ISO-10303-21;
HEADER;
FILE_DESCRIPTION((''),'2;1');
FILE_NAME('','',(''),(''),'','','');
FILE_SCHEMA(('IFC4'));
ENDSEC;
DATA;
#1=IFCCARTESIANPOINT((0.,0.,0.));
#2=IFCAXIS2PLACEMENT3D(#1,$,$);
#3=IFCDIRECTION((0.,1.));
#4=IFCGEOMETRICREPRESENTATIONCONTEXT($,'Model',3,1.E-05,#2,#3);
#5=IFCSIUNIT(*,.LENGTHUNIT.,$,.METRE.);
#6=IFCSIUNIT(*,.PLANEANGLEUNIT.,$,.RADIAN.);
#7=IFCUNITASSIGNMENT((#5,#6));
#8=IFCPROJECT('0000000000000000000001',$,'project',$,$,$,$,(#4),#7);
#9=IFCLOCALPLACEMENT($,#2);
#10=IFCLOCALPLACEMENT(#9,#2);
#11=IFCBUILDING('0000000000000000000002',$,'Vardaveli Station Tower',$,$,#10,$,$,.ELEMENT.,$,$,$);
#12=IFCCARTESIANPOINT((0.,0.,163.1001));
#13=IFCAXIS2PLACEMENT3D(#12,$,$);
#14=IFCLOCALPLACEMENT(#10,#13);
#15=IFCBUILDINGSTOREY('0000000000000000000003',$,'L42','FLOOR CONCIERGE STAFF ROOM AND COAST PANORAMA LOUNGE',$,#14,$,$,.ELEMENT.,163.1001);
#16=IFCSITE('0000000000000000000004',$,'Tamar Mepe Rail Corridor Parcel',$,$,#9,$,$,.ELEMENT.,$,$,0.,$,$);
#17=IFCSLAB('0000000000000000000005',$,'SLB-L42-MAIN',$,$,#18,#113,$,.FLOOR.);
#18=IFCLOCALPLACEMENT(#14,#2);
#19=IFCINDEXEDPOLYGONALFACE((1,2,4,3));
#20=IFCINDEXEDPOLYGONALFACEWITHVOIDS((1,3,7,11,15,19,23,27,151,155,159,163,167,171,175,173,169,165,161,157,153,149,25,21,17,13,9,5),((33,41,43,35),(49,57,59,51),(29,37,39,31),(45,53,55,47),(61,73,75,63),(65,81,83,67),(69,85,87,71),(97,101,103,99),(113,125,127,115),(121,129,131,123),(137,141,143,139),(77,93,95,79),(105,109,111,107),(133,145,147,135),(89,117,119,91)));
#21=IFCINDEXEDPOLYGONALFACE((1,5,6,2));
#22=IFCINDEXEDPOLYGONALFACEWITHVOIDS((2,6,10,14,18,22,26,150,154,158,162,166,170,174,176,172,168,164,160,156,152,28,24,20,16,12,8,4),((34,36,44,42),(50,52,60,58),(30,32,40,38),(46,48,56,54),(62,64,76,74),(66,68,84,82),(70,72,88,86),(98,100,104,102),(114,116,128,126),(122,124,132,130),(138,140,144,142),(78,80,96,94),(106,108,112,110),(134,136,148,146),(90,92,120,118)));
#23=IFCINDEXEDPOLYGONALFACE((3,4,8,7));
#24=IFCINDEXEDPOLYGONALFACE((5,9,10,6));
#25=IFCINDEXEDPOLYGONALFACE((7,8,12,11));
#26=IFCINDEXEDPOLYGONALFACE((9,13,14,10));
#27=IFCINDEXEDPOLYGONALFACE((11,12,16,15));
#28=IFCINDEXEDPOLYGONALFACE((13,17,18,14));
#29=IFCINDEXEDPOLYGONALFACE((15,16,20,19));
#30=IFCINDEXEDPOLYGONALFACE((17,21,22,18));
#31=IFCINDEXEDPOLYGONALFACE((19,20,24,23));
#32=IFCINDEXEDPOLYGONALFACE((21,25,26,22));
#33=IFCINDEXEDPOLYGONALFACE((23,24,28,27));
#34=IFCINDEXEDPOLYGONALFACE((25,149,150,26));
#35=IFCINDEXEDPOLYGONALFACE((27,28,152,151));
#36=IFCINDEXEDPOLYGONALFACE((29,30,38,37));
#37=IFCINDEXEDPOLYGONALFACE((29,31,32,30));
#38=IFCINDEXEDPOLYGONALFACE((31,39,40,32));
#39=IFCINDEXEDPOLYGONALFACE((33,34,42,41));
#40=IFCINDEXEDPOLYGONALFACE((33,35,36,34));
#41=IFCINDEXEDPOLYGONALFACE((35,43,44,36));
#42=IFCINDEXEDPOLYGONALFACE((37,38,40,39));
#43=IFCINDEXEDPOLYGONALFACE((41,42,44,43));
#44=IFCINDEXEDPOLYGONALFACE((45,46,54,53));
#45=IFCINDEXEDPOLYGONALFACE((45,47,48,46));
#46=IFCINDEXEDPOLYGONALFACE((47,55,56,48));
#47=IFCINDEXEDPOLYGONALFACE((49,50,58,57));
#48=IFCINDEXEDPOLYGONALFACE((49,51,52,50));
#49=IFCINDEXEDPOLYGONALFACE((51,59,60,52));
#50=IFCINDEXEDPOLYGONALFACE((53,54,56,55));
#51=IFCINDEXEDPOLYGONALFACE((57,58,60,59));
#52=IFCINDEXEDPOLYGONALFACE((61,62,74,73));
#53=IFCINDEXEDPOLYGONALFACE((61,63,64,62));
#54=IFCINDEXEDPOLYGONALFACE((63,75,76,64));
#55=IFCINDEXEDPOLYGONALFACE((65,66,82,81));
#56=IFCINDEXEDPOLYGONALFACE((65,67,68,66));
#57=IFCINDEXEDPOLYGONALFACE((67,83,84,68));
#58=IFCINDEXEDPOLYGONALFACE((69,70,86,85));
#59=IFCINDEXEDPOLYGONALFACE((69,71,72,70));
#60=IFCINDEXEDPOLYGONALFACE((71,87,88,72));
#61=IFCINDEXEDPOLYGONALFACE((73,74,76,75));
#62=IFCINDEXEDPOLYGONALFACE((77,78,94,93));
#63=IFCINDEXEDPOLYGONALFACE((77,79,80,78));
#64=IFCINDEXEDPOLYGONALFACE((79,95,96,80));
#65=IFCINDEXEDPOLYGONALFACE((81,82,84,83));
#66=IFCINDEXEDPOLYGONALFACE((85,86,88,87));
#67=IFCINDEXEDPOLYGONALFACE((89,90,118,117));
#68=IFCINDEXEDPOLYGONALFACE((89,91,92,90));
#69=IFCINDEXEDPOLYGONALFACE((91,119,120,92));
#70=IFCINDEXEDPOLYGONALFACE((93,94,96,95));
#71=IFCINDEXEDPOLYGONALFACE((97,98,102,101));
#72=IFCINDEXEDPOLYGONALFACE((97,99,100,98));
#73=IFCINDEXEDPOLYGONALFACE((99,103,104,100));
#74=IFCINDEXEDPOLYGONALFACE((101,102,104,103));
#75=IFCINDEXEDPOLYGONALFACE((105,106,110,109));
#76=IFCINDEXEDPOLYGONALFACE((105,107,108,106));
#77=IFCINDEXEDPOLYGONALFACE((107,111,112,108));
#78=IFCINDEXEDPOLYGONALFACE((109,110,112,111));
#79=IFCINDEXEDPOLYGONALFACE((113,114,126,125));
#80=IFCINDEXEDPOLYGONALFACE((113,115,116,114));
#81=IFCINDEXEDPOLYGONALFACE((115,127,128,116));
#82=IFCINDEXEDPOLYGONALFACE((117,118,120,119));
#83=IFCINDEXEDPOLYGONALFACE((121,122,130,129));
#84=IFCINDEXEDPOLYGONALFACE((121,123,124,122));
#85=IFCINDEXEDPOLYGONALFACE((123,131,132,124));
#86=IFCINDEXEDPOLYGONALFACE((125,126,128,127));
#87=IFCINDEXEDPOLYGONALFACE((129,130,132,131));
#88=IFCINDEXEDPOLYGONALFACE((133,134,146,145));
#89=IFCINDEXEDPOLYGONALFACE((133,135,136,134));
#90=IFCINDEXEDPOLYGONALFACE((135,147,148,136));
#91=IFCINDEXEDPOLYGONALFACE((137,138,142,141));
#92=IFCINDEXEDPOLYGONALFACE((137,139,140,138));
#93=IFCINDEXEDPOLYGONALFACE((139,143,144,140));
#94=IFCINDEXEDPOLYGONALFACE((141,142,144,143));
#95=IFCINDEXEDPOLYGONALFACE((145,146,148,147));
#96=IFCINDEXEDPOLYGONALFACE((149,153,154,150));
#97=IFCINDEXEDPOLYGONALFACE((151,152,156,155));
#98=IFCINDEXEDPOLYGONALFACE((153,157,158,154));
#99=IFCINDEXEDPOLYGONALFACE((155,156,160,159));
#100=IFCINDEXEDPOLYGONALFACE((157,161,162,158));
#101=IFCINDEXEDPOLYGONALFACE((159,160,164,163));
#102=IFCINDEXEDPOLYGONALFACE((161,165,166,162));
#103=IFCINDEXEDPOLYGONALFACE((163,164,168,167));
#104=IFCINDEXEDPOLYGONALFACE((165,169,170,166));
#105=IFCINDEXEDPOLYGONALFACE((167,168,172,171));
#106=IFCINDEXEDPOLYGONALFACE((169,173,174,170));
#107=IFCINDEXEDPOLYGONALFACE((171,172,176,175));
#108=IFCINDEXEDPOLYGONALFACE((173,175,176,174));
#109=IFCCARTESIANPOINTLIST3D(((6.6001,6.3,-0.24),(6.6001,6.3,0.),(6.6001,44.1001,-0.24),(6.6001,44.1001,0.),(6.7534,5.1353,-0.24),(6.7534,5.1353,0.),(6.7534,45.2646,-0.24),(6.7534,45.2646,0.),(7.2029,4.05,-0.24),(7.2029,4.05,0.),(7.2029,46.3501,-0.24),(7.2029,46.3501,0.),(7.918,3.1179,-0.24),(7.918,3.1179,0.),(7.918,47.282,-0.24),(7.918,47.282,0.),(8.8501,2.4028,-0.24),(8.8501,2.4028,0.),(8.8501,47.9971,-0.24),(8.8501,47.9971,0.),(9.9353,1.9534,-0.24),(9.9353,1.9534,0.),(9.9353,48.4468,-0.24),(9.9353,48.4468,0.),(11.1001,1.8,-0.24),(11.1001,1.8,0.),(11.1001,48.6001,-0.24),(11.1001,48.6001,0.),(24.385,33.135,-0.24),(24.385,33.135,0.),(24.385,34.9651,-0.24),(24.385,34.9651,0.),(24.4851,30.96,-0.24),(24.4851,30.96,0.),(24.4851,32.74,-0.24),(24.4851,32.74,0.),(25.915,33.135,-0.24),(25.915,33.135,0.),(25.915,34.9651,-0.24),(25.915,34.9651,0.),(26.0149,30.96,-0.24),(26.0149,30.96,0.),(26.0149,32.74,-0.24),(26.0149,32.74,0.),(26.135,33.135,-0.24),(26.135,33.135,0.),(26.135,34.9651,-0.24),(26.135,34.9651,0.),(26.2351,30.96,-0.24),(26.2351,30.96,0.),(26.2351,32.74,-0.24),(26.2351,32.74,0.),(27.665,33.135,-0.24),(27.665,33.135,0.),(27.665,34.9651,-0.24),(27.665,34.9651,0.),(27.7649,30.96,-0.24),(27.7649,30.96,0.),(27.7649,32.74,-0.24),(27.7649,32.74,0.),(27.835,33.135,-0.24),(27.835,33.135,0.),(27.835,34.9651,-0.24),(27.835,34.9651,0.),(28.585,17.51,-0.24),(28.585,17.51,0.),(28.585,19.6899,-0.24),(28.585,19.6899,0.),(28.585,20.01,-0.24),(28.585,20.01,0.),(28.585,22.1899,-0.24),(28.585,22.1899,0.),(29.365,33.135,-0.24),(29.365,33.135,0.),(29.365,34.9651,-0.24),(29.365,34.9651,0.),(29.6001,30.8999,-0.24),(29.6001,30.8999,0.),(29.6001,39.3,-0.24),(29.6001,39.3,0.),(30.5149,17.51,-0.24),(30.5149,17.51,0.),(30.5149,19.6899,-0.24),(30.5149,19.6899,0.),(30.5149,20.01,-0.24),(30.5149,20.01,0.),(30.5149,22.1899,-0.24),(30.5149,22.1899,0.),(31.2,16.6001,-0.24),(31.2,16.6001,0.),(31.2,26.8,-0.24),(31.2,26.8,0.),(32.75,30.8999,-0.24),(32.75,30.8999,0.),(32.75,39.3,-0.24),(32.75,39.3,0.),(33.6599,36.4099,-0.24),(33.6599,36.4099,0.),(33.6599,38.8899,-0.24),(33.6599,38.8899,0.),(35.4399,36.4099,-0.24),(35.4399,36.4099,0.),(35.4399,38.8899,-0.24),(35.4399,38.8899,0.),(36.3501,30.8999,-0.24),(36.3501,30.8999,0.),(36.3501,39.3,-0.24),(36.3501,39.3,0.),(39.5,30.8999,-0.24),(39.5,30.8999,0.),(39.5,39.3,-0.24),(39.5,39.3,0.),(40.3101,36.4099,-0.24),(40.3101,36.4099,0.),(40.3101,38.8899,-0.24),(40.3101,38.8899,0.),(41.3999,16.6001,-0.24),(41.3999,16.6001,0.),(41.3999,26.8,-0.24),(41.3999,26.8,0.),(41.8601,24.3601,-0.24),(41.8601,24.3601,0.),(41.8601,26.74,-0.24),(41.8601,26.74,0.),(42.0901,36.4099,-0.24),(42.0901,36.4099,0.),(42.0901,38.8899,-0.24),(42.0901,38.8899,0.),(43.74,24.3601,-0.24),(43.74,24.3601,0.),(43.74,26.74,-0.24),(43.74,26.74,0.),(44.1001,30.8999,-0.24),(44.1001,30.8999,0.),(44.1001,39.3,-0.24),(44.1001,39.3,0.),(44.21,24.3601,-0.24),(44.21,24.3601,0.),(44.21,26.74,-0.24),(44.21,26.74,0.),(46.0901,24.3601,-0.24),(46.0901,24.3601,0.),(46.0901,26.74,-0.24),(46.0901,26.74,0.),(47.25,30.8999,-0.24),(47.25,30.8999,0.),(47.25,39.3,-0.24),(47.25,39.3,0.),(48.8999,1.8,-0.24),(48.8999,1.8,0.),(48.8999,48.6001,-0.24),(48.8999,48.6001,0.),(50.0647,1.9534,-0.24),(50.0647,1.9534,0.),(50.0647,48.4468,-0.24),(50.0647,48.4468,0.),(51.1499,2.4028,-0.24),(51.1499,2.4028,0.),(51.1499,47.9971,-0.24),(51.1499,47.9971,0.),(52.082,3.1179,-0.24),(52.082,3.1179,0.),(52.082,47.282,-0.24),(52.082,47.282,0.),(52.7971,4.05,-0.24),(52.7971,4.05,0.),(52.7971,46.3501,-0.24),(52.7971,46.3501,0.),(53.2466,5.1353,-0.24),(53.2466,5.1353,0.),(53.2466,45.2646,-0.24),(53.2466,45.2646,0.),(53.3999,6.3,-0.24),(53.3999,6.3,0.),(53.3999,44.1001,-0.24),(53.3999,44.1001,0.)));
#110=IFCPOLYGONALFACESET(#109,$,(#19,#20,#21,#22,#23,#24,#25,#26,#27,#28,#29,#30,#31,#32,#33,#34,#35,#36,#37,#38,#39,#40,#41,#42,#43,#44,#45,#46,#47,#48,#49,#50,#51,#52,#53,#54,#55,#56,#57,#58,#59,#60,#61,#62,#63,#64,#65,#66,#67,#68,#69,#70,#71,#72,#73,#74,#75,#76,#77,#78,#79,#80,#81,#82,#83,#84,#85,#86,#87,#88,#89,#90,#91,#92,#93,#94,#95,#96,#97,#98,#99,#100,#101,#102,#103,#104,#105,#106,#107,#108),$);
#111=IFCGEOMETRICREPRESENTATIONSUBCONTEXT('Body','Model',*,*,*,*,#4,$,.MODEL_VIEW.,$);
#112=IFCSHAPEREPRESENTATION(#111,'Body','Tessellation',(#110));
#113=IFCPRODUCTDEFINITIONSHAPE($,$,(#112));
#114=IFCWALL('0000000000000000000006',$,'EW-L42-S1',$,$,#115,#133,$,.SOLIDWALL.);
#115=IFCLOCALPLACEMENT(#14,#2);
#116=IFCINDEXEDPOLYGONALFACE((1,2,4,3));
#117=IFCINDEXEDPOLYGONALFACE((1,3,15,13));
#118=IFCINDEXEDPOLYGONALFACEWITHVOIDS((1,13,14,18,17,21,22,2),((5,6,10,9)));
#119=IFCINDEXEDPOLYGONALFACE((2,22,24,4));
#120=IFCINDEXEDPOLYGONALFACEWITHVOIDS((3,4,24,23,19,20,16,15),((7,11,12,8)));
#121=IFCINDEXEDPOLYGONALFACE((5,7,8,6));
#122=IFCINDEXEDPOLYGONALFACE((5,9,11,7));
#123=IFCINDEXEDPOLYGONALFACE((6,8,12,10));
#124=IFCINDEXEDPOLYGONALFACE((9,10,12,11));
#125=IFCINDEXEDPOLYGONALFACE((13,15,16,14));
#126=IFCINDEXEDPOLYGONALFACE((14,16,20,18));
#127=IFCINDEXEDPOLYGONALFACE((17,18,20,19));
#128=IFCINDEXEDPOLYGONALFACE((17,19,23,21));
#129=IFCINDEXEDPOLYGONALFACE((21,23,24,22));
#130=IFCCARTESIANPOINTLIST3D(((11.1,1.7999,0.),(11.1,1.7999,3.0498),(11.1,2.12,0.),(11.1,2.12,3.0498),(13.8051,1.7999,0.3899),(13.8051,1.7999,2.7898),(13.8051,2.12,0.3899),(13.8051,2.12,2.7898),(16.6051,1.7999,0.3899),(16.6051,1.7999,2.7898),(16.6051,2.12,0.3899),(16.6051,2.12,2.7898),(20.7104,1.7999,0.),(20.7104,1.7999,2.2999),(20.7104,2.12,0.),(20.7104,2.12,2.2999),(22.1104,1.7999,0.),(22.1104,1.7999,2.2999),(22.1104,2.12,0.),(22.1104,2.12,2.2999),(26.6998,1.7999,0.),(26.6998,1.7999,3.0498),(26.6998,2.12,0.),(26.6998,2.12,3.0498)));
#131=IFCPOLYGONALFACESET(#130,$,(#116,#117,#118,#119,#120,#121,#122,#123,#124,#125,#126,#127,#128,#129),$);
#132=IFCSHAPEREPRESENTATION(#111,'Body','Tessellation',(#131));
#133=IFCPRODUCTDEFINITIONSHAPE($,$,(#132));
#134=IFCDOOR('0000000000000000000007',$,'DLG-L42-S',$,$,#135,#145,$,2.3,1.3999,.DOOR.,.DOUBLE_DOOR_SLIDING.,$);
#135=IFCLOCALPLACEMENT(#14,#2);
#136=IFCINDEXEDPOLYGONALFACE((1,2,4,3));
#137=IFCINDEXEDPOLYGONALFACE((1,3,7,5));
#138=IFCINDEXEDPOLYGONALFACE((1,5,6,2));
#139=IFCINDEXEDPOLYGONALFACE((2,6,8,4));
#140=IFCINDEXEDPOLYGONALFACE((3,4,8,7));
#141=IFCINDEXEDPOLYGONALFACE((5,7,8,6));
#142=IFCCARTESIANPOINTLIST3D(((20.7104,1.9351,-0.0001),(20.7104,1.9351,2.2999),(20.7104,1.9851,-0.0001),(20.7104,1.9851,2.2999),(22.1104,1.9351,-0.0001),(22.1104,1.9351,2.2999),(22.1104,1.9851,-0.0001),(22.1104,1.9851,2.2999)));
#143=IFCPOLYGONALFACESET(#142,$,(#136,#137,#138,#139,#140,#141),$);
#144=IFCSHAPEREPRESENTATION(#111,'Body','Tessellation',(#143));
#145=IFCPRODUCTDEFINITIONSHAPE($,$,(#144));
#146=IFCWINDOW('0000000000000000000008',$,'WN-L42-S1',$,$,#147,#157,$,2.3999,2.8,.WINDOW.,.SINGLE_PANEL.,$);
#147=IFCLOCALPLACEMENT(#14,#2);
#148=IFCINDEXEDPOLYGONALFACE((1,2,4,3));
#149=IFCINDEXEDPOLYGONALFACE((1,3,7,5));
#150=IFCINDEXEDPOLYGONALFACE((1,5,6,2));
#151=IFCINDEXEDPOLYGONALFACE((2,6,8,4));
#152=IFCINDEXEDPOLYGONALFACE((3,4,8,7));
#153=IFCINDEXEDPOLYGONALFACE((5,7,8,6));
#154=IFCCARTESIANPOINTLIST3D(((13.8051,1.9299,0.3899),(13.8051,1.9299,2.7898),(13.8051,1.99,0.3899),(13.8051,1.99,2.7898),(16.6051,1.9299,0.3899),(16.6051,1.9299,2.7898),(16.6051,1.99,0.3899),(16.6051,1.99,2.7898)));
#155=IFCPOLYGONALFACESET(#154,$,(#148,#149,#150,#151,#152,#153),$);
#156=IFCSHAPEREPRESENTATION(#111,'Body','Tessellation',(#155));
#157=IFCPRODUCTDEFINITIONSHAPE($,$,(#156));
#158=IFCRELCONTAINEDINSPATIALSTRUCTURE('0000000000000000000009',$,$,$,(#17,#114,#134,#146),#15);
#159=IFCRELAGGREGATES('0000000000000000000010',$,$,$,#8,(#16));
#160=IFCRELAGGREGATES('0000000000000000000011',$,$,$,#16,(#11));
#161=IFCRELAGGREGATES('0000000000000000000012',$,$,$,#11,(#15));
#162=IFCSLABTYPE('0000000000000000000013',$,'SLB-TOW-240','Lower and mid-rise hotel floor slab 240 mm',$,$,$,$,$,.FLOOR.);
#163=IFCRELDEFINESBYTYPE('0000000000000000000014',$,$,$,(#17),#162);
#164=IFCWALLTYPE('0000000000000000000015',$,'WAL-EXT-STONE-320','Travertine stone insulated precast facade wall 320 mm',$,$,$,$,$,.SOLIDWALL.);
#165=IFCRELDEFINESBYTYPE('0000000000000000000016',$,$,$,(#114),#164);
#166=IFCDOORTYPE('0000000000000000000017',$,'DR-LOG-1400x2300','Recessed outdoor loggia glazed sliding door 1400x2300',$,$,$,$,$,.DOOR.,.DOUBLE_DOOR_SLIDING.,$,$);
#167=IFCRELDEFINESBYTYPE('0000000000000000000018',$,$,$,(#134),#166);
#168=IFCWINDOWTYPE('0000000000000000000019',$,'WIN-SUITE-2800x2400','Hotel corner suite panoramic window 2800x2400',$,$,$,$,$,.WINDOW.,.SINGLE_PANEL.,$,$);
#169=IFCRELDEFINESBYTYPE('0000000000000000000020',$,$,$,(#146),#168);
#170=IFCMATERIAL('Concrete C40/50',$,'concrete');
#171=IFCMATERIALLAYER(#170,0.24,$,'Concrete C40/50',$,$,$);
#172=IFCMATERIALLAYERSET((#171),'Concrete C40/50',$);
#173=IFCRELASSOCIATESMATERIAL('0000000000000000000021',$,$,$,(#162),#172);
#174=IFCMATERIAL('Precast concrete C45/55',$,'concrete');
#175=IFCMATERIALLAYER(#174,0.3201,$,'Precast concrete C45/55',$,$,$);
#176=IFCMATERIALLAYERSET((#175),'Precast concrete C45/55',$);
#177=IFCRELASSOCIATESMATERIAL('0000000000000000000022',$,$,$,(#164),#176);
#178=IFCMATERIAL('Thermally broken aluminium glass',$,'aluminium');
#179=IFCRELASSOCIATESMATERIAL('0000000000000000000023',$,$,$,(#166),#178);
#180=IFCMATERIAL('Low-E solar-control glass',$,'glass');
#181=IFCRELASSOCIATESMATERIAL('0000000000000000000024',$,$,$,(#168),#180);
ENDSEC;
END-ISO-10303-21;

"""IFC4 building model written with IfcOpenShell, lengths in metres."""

from ifc_helpers import new_model, si_unit, direction, frame, frame_2d, origin, place, context, subcontext, project, spatial, polyline, rectangle, outline, extrude, source, transform, mapped, material, layer, layer_set, type_object, element, fill, save


model = new_model("IFC4")

# Units and contexts
model_context = context("Model", 3, precision=1e-05, world=origin(), true_north=direction((0.0, 1.0)))
body_context = subcontext(model_context, "Body", "Model", "MODEL_VIEW")
ifc_project = project(units=[si_unit("LENGTHUNIT", "METRE"), si_unit("PLANEANGLEUNIT", "RADIAN")], contexts=[model_context])

# Site, building, storey
site_placement = place(None, origin())
site = spatial("IfcSite", under=ifc_project, at=site_placement, Name="Tamar Mepe Rail Corridor Parcel", CompositionType="ELEMENT", RefElevation=0.0)
building_placement = place(site_placement, origin())
building = spatial("IfcBuilding", under=site, at=building_placement, Name="Vardaveli Station Tower", CompositionType="ELEMENT")
storey_placement = place(building_placement, frame((0.0, 0.0, 163.1001)))
storey = spatial("IfcBuildingStorey", under=building, at=storey_placement, Name="L42", Description="FLOOR CONCIERGE STAFF ROOM AND COAST PANORAMA LOUNGE", CompositionType="ELEMENT", Elevation=163.1001)

# Shared definitions
ifc_material_1 = material(Name="Concrete C40/50", Category="concrete")

# Slab
ifc_material_2 = material(Name="Precast concrete C45/55", Category="concrete")
ifc_layer_1 = layer(ifc_material_1, 0.24, Name="Concrete C40/50")
ifc_layer_set_1 = layer_set([ifc_layer_1], Name="Concrete C40/50")
slab_type_1 = type_object("IfcSlabType", Name="SLB-TOW-240", Description="Lower and mid-rise hotel floor slab 240 mm", PredefinedType="FLOOR", material=ifc_layer_set_1)
slab_1_placement = place(storey_placement, frame((0.0, 0.0, -0.24)))
element("IfcSlab", 1, at=slab_1_placement, inside=storey, type_object=slab_type_1, Name="SLB-L42-MAIN", PredefinedType="FLOOR", context=body_context, shape_type="SweptSolid", body=[
    extrude(outline(polyline([(6.6001, 6.3), (6.7534, 5.1353), (7.2029, 4.05), (7.918, 3.1179), (8.8501, 2.4028), (9.9353, 1.9534), (11.1001, 1.8), (48.8999, 1.8), (50.0647, 1.9534), (51.1499, 2.4028), (52.082, 3.1179), (52.7971, 4.05), (53.2466, 5.1353), (53.3999, 6.3), (53.3999, 44.1001), (53.2466, 45.2646), (52.7971, 46.3501), (52.082, 47.282), (51.1499, 47.9971), (50.0647, 48.4468), (48.8999, 48.6001), (11.1001, 48.6001), (9.9353, 48.4468), (8.8501, 47.9971), (7.918, 47.282), (7.2029, 46.3501), (6.7534, 45.2646), (6.6001, 44.1001), (6.6001, 6.3)]), holes=[polyline([(31.2, 16.6001), (41.3999, 16.6001), (41.3999, 26.8), (31.2, 26.8), (31.2, 16.6001)]), polyline([(32.75, 30.8999), (32.75, 39.3), (29.6001, 39.3), (29.6001, 30.8999), (32.75, 30.8999)]), polyline([(39.5, 30.8999), (39.5, 39.3), (36.3501, 39.3), (36.3501, 30.8999), (39.5, 30.8999)]), polyline([(47.25, 30.8999), (47.25, 39.3), (44.1001, 39.3), (44.1001, 30.8999), (47.25, 30.8999)]), polyline([(24.385, 33.135), (25.915, 33.135), (25.915, 34.9651), (24.385, 34.9651), (24.385, 33.135)]), polyline([(26.135, 33.135), (27.665, 33.135), (27.665, 34.9651), (26.135, 34.9651), (26.135, 33.135)]), polyline([(27.835, 33.135), (29.365, 33.135), (29.365, 34.9651), (27.835, 34.9651), (27.835, 33.135)]), polyline([(33.6599, 36.4099), (35.4399, 36.4099), (35.4399, 38.8899), (33.6599, 38.8899), (33.6599, 36.4099)]), polyline([(40.3101, 36.4099), (42.0901, 36.4099), (42.0901, 38.8899), (40.3101, 38.8899), (40.3101, 36.4099)]), polyline([(24.4851, 30.96), (26.0149, 30.96), (26.0149, 32.74), (24.4851, 32.74), (24.4851, 30.96)]), polyline([(26.2351, 30.96), (27.7649, 30.96), (27.7649, 32.74), (26.2351, 32.74), (26.2351, 30.96)]), polyline([(28.585, 17.51), (30.5149, 17.51), (30.5149, 19.6899), (28.585, 19.6899), (28.585, 17.51)]), polyline([(28.585, 20.01), (30.5149, 20.01), (30.5149, 22.1899), (28.585, 22.1899), (28.585, 20.01)]), polyline([(41.8601, 24.3601), (43.74, 24.3601), (43.74, 26.74), (41.8601, 26.74), (41.8601, 24.3601)]), polyline([(44.21, 24.3601), (46.0901, 24.3601), (46.0901, 26.74), (44.21, 26.74), (44.21, 24.3601)])]), origin(), (0.0, 0.0, 1.0), 0.24),
])

# Wall, openings, door, window
ifc_layer_2 = layer(ifc_material_2, 0.3201, Name="Precast concrete C45/55")
ifc_layer_set_2 = layer_set([ifc_layer_2], Name="Precast concrete C45/55")
wall_type = type_object("IfcWallType", Name="WAL-EXT-STONE-320", Description="Travertine stone insulated precast facade wall 320 mm", PredefinedType="SOLIDWALL", material=ifc_layer_set_2)
shared_shape_1 = source(origin(), body_context, "Body", "SweptSolid", [
    extrude(rectangle(XDim=15.5999, YDim=0.3201, at=frame_2d((7.7998, 0.0))), origin(), (0.0, 0.0, 1.0), 3.0498),
])
wall_1_placement = place(storey_placement, frame((11.1001, 1.96, 0.0), z_axis=(0.0, 0.0, 1.0), x_axis=(1.0, 0.0, 0.0)))
wall_1 = element("IfcWall", 2, at=wall_1_placement, inside=storey, type_object=wall_type, Name="EW-L42-S1", PredefinedType="SOLIDWALL", context=body_context, shape_type="MappedRepresentation", body=[
    mapped(shared_shape_1, transform((0.0, 0.0, 0.0), scale=1.0)),
])
shared_shape_2 = source(origin(), body_context, "Body", "SweptSolid", [
    extrude(rectangle(XDim=1.3999, YDim=2.3, at=frame_2d((0.7, 1.1499))), frame((0.0, 0.1699, 0.0), z_axis=(0.0, -1.0, 0.0), x_axis=(1.0, 0.0, 0.0)), (0.0, 0.0, 1.0), 0.3401),
])
opening_1_placement = place(wall_1_placement, frame((9.6104, 0.0, 0.0)))
opening_1 = element("IfcOpeningElement", 3, at=opening_1_placement, cuts=wall_1, PredefinedType="OPENING", context=body_context, shape_type="MappedRepresentation", body=[
    mapped(shared_shape_2, transform((0.0, 0.0, 0.0), scale=1.0)),
])
shared_shape_3 = source(origin(), body_context, "Body", "SweptSolid", [
    extrude(rectangle(XDim=2.8, YDim=2.3999, at=frame_2d((1.3999, 1.2))), frame((0.0, 0.1699, 0.0), z_axis=(0.0, -1.0, 0.0), x_axis=(1.0, 0.0, 0.0)), (0.0, 0.0, 1.0), 0.3401),
])
opening_2_placement = place(wall_1_placement, frame((2.7051, 0.0, 0.3899)))
opening_2 = element("IfcOpeningElement", 4, at=opening_2_placement, cuts=wall_1, PredefinedType="OPENING", context=body_context, shape_type="MappedRepresentation", body=[
    mapped(shared_shape_3, transform((0.0, 0.0, 0.0), scale=1.0)),
])
ifc_material_3 = material(Name="Thermally broken aluminium glass", Category="aluminium")
door_type = type_object("IfcDoorType", Name="DR-LOG-1400x2300", Description="Recessed outdoor loggia glazed sliding door 1400x2300", OperationType="DOUBLE_DOOR_SLIDING", PredefinedType="DOOR", material=ifc_material_3)
shared_shape_4 = source(origin(), body_context, "Body", "SweptSolid", [
    extrude(rectangle(XDim=1.3999, YDim=2.3, at=frame_2d((0.7, 1.1499))), frame((0.0, 0.0249, 0.0), z_axis=(0.0, -1.0, 0.0), x_axis=(1.0, 0.0, 0.0)), (0.0, 0.0, 1.0), 0.05),
])
door_placement = place(opening_1_placement, frame((1.3999, 0.0, 0.0), z_axis=(0.0, 0.0, 1.0), x_axis=(-1.0, 0.0, 0.0)))
door = element("IfcDoor", 5, at=door_placement, inside=storey, type_object=door_type, Name="DLG-L42-S", OperationType="DOUBLE_DOOR_SLIDING", OverallHeight=2.3, OverallWidth=1.3999, PredefinedType="DOOR", context=body_context, shape_type="MappedRepresentation", body=[
    mapped(shared_shape_4, transform((0.0, 0.0, 0.0), scale=1.0)),
])
fill(opening_1, door)
ifc_material_4 = material(Name="Low-E solar-control glass", Category="glass")
window_type = type_object("IfcWindowType", Name="WIN-SUITE-2800x2400", Description="Hotel corner suite panoramic window 2800x2400", PartitioningType="SINGLE_PANEL", PredefinedType="WINDOW", material=ifc_material_4)
shared_shape_5 = source(origin(), body_context, "Body", "SweptSolid", [
    extrude(rectangle(XDim=2.8, YDim=2.3999, at=frame_2d((1.3999, 1.2))), frame((0.0, 0.03, 0.0), z_axis=(0.0, -1.0, 0.0), x_axis=(1.0, 0.0, 0.0)), (0.0, 0.0, 1.0), 0.0601),
])
window_placement = place(opening_2_placement, origin())
window = element("IfcWindow", 6, at=window_placement, inside=storey, type_object=window_type, Name="WN-L42-S1", OverallHeight=2.3999, OverallWidth=2.8, PartitioningType="SINGLE_PANEL", PredefinedType="WINDOW", context=body_context, shape_type="MappedRepresentation", body=[
    mapped(shared_shape_5, transform((0.0, 0.0, 0.0), scale=1.0)),
])
fill(opening_2, window)

save(model, "model.ifc")
